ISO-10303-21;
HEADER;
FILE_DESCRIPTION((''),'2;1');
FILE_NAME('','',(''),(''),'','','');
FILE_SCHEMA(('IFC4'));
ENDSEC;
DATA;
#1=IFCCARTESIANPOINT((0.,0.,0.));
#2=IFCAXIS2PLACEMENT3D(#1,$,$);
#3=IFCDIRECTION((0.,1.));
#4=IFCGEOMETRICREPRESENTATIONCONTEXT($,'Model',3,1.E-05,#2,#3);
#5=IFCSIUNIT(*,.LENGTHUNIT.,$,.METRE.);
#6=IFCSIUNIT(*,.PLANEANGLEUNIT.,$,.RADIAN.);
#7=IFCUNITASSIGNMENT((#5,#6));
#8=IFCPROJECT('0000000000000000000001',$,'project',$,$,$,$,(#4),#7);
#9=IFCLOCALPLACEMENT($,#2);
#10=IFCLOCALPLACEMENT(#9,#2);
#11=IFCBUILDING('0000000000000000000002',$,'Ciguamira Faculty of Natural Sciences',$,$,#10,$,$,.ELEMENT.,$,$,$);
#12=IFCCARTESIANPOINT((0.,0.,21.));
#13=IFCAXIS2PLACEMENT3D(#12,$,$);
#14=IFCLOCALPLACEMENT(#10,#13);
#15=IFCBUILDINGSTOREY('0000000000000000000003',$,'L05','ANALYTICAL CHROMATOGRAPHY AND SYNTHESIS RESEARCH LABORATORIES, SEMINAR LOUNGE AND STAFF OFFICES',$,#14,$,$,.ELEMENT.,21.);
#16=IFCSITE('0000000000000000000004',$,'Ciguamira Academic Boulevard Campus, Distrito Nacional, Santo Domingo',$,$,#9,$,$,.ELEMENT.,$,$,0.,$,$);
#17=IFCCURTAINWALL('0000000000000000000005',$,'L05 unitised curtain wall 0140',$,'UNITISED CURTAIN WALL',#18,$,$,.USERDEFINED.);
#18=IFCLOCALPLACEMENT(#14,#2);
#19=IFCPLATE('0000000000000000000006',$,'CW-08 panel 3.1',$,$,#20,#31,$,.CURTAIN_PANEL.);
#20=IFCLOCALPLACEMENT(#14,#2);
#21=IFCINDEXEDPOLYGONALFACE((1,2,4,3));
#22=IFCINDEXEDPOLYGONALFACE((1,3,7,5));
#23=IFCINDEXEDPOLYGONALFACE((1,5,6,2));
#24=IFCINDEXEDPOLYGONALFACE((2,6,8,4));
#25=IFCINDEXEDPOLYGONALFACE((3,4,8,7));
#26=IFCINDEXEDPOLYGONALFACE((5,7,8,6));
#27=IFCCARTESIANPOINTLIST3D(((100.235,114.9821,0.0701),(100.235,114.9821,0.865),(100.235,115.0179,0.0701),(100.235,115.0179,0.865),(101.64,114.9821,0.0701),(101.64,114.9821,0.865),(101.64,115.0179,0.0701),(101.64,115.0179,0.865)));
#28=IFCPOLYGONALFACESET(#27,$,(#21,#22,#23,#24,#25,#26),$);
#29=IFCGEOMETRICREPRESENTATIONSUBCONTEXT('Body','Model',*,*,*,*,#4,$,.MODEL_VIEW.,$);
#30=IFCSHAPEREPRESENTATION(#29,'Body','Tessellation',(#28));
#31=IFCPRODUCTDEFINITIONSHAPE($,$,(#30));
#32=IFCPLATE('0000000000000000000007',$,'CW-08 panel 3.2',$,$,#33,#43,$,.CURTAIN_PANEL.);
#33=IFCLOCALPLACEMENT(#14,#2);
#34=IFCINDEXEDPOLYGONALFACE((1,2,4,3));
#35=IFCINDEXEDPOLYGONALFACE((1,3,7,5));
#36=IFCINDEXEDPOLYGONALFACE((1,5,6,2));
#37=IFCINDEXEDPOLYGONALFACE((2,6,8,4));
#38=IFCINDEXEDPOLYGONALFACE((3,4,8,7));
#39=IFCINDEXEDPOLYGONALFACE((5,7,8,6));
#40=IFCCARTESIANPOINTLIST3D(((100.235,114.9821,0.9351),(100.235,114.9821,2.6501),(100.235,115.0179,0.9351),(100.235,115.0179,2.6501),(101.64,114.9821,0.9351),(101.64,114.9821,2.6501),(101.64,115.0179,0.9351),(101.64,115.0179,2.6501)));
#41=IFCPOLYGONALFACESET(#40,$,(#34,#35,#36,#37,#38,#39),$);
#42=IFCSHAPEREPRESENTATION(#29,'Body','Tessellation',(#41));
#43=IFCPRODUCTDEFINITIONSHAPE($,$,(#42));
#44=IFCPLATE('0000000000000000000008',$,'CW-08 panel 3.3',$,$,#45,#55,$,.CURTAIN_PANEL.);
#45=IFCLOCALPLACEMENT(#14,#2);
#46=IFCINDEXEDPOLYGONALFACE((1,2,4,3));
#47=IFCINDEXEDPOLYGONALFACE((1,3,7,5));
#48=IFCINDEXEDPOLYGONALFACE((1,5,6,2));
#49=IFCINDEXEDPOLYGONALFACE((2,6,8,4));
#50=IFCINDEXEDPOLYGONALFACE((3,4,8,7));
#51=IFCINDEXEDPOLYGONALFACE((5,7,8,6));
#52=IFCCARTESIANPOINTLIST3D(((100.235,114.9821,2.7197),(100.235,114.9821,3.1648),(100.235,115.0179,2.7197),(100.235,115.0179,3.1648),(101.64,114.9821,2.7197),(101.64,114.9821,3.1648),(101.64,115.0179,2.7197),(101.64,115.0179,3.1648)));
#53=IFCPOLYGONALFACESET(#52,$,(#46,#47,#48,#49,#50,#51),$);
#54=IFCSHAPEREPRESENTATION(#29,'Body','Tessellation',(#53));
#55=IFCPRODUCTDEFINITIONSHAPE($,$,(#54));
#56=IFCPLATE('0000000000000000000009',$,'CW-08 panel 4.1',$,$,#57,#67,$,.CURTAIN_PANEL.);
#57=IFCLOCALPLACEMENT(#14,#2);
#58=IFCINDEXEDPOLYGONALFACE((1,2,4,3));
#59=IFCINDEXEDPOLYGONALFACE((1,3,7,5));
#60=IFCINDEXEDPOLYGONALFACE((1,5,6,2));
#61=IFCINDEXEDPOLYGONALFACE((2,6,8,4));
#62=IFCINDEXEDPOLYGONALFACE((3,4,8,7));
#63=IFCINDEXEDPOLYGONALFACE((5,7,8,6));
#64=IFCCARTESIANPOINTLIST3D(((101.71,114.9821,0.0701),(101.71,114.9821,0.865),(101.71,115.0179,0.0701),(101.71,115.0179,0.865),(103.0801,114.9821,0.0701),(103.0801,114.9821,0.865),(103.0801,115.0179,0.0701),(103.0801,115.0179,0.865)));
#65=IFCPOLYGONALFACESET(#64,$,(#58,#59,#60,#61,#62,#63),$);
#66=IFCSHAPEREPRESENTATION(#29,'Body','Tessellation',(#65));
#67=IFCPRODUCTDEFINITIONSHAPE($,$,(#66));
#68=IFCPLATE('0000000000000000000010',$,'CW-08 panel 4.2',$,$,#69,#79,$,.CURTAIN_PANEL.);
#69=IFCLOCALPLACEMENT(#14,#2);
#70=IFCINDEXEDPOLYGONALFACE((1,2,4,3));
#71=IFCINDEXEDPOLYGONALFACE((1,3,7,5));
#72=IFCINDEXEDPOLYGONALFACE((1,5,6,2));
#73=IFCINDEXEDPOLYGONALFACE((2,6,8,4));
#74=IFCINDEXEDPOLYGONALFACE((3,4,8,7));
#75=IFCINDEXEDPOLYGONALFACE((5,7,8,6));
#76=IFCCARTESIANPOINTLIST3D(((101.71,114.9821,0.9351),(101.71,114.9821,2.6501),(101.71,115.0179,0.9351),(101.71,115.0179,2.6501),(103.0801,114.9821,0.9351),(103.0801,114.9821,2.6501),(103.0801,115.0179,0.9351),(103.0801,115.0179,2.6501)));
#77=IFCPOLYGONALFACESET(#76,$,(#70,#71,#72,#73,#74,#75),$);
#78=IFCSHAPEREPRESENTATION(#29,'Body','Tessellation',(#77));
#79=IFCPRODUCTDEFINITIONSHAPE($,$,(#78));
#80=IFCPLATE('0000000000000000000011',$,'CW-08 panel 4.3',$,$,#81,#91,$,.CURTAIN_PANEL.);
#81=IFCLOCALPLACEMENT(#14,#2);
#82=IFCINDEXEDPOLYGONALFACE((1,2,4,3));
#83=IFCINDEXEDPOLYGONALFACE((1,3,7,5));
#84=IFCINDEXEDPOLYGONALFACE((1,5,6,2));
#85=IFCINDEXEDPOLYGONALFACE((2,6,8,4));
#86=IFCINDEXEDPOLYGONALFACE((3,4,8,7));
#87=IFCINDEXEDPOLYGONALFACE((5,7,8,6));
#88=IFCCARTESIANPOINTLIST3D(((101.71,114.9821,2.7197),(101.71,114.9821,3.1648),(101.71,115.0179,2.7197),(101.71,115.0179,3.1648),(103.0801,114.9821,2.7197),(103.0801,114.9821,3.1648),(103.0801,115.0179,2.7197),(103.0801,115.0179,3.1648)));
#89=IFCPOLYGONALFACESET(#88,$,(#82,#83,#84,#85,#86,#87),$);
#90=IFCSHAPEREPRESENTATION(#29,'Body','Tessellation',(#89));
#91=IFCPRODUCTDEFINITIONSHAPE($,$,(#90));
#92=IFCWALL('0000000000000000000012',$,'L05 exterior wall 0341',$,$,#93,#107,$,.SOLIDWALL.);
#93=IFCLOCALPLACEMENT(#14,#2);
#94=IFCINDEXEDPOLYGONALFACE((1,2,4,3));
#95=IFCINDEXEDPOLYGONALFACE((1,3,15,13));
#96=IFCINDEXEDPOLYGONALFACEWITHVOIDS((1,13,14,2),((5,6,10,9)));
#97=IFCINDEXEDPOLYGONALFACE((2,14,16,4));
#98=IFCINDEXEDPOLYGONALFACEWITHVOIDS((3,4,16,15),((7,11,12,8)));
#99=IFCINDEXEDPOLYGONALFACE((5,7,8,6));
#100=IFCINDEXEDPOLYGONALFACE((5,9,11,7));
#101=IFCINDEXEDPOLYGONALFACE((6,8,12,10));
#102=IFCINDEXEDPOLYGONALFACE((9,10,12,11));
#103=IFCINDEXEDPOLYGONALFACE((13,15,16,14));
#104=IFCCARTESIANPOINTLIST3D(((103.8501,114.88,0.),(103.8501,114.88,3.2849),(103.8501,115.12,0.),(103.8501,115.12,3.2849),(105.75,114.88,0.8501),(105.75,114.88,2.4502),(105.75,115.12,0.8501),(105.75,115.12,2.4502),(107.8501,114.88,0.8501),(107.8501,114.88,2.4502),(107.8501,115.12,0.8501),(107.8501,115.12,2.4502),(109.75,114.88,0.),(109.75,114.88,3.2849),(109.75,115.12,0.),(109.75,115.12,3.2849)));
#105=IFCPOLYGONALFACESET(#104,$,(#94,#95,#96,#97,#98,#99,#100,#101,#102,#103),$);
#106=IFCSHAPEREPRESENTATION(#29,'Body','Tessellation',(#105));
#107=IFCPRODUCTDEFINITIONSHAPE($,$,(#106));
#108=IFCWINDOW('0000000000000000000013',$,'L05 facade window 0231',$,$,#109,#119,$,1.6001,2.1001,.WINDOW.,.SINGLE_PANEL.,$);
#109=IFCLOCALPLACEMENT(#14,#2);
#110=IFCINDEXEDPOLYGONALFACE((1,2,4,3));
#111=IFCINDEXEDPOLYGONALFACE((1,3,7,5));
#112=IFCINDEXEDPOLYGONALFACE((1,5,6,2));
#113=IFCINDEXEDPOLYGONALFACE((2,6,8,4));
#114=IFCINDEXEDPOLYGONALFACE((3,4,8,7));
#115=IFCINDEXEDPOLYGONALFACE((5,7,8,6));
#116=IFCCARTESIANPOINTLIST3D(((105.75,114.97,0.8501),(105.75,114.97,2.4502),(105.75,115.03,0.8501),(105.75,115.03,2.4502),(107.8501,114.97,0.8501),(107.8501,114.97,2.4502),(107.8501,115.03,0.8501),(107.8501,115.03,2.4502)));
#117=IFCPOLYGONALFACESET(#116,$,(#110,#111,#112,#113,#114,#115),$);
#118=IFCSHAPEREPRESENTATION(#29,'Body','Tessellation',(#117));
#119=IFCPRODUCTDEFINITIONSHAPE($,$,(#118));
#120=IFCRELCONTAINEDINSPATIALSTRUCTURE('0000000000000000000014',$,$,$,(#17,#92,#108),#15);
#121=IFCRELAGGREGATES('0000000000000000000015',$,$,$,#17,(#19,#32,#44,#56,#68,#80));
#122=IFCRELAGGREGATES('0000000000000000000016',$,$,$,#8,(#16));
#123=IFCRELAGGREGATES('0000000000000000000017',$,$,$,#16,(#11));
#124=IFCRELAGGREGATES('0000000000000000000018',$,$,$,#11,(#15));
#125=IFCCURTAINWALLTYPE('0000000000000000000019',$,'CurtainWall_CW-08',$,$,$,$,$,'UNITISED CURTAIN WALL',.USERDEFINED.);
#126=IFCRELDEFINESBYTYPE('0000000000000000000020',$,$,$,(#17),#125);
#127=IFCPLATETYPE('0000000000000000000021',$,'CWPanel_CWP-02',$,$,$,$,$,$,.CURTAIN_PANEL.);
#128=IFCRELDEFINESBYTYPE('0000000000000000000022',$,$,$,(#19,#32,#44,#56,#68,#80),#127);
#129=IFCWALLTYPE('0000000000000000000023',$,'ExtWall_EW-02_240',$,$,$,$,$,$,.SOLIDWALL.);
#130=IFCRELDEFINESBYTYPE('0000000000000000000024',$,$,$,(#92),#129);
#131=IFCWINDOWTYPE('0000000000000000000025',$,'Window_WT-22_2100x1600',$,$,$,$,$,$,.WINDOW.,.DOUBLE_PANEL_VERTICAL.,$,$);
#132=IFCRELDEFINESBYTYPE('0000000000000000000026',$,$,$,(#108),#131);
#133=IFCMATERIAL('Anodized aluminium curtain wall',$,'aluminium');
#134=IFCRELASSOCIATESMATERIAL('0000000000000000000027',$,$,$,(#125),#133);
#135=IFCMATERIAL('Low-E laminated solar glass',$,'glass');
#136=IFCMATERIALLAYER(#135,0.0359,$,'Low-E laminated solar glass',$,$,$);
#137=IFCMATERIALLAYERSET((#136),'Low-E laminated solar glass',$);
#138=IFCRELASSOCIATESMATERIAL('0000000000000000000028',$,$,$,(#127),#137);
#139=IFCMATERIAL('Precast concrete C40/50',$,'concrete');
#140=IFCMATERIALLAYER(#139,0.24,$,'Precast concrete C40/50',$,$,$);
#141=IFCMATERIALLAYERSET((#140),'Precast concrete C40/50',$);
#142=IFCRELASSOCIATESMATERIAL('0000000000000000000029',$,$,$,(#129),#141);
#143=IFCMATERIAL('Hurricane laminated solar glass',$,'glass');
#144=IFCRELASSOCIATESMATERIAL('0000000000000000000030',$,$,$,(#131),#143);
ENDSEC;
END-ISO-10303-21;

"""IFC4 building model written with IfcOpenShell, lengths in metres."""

from ifc_helpers import new_model, si_unit, direction, frame, frame_2d, origin, origin_2d, place, context, subcontext, project, spatial, rectangle, extrude, material, layer, layer_set, type_object, element, fill, aggregate, save


model = new_model("IFC4")

# Units and contexts
model_context = context("Model", 3, precision=1e-05, world=origin(), true_north=direction((0.0, 1.0)))
body_context = subcontext(model_context, "Body", "Model", "MODEL_VIEW")
ifc_project = project(units=[si_unit("LENGTHUNIT", "METRE"), si_unit("PLANEANGLEUNIT", "RADIAN")], contexts=[model_context])

# Site, building, storey
site_placement = place(None, origin())
site = spatial("IfcSite", under=ifc_project, at=site_placement, Name="Ciguamira Academic Boulevard Campus, Distrito Nacional, Santo Domingo", CompositionType="ELEMENT", RefElevation=0.0)
building_placement = place(site_placement, origin())
building = spatial("IfcBuilding", under=site, at=building_placement, Name="Ciguamira Faculty of Natural Sciences", CompositionType="ELEMENT")
storey_placement = place(building_placement, frame((0.0, 0.0, 21.0)))
storey = spatial("IfcBuildingStorey", under=building, at=storey_placement, Name="L05", Description="ANALYTICAL CHROMATOGRAPHY AND SYNTHESIS RESEARCH LABORATORIES, SEMINAR LOUNGE AND STAFF OFFICES", CompositionType="ELEMENT", Elevation=21.0)

# Curtain wall
ifc_material_1 = material(Name="Anodized aluminium curtain wall", Category="aluminium")
curtain_wall_type = type_object("IfcCurtainWallType", Name="CurtainWall_CW-08", ElementType="UNITISED CURTAIN WALL", PredefinedType="USERDEFINED", material=ifc_material_1)
curtain_wall_placement = place(storey_placement, origin())
curtain_wall = element("IfcCurtainWall", 1, at=curtain_wall_placement, inside=storey, type_object=curtain_wall_type, Name="L05 unitised curtain wall 0140", ObjectType="UNITISED CURTAIN WALL", PredefinedType="USERDEFINED")

# Shared definitions
ifc_material_2 = material(Name="Precast concrete C40/50", Category="concrete")

# Plates
ifc_material_3 = material(Name="Low-E laminated solar glass", Category="glass")
ifc_layer_1 = layer(ifc_material_3, 0.0359, Name="Low-E laminated solar glass")
ifc_layer_set_1 = layer_set([ifc_layer_1], Name="Low-E laminated solar glass")
plate_type = type_object("IfcPlateType", Name="CWPanel_CWP-02", PredefinedType="CURTAIN_PANEL", material=ifc_layer_set_1)
plate_1_placement = place(storey_placement, frame((100.9375, 115.0, 0.0701), z_axis=(0.0, 0.0, 1.0), x_axis=(1.0, 0.0, 0.0)))
plate_1 = element("IfcPlate", 2, at=plate_1_placement, type_object=plate_type, Name="CW-08 panel 3.1", PredefinedType="CURTAIN_PANEL", context=body_context, shape_type="SweptSolid", body=[
    extrude(rectangle(XDim=1.405, YDim=0.0359, at=origin_2d()), origin(), (0.0, 0.0, 1.0), 0.7949),
])
plate_2_placement = place(storey_placement, frame((100.9375, 115.0, 0.9351), z_axis=(0.0, 0.0, 1.0), x_axis=(1.0, 0.0, 0.0)))
plate_2 = element("IfcPlate", 3, at=plate_2_placement, type_object=plate_type, Name="CW-08 panel 3.2", PredefinedType="CURTAIN_PANEL", context=body_context, shape_type="SweptSolid", body=[
    extrude(rectangle(XDim=1.405, YDim=0.0359, at=origin_2d()), origin(), (0.0, 0.0, 1.0), 1.7151),
])
plate_3_placement = place(storey_placement, frame((100.9375, 115.0, 2.7197), z_axis=(0.0, 0.0, 1.0), x_axis=(1.0, 0.0, 0.0)))
plate_3 = element("IfcPlate", 4, at=plate_3_placement, type_object=plate_type, Name="CW-08 panel 3.3", PredefinedType="CURTAIN_PANEL", context=body_context, shape_type="SweptSolid", body=[
    extrude(rectangle(XDim=1.405, YDim=0.0359, at=origin_2d()), origin(), (0.0, 0.0, 1.0), 0.4451),
])
plate_4_placement = place(storey_placement, frame((102.395, 115.0, 0.0701), z_axis=(0.0, 0.0, 1.0), x_axis=(1.0, 0.0, 0.0)))
plate_4 = element("IfcPlate", 5, at=plate_4_placement, type_object=plate_type, Name="CW-08 panel 4.1", PredefinedType="CURTAIN_PANEL", context=body_context, shape_type="SweptSolid", body=[
    extrude(rectangle(XDim=1.3701, YDim=0.0359, at=origin_2d()), origin(), (0.0, 0.0, 1.0), 0.7949),
])
plate_5_placement = place(storey_placement, frame((102.395, 115.0, 0.9351), z_axis=(0.0, 0.0, 1.0), x_axis=(1.0, 0.0, 0.0)))
plate_5 = element("IfcPlate", 6, at=plate_5_placement, type_object=plate_type, Name="CW-08 panel 4.2", PredefinedType="CURTAIN_PANEL", context=body_context, shape_type="SweptSolid", body=[
    extrude(rectangle(XDim=1.3701, YDim=0.0359, at=origin_2d()), origin(), (0.0, 0.0, 1.0), 1.7151),
])
plate_6_placement = place(storey_placement, frame((102.395, 115.0, 2.7197), z_axis=(0.0, 0.0, 1.0), x_axis=(1.0, 0.0, 0.0)))
plate_6 = element("IfcPlate", 7, at=plate_6_placement, type_object=plate_type, Name="CW-08 panel 4.3", PredefinedType="CURTAIN_PANEL", context=body_context, shape_type="SweptSolid", body=[
    extrude(rectangle(XDim=1.3701, YDim=0.0359, at=origin_2d()), origin(), (0.0, 0.0, 1.0), 0.4451),
])
aggregate(curtain_wall, [plate_1, plate_2, plate_3, plate_4, plate_5, plate_6])

# Wall, opening, window
ifc_layer_2 = layer(ifc_material_2, 0.24, Name="Precast concrete C40/50")
ifc_layer_set_2 = layer_set([ifc_layer_2], Name="Precast concrete C40/50")
wall_type = type_object("IfcWallType", Name="ExtWall_EW-02_240", PredefinedType="SOLIDWALL", material=ifc_layer_set_2)
wall_placement = place(storey_placement, frame((103.8501, 115.0, 0.0), z_axis=(0.0, 0.0, 1.0), x_axis=(1.0, 0.0, 0.0)))
wall = element("IfcWall", 8, at=wall_placement, inside=storey, type_object=wall_type, Name="L05 exterior wall 0341", PredefinedType="SOLIDWALL", context=body_context, shape_type="SweptSolid", body=[
    extrude(rectangle(XDim=5.8999, YDim=0.24, at=frame_2d((2.95, 0.0))), origin(), (0.0, 0.0, 1.0), 3.2849),
])
opening_placement = place(wall_placement, frame((1.8999, 0.0, 0.8501)))
opening = element("IfcOpeningElement", 9, at=opening_placement, cuts=wall, PredefinedType="OPENING", context=body_context, shape_type="SweptSolid", body=[
    extrude(rectangle(XDim=2.1001, YDim=1.6001, at=frame_2d((1.05, 0.8))), frame((0.0, 0.1299, 0.0), z_axis=(0.0, -1.0, 0.0), x_axis=(1.0, 0.0, 0.0)), (0.0, 0.0, 1.0), 0.26),
])
ifc_material_4 = material(Name="Hurricane laminated solar glass", Category="glass")
window_type = type_object("IfcWindowType", Name="Window_WT-22_2100x1600", PartitioningType="DOUBLE_PANEL_VERTICAL", PredefinedType="WINDOW", material=ifc_material_4)
window_placement = place(opening_placement, origin())
window = element("IfcWindow", 10, at=window_placement, inside=storey, type_object=window_type, Name="L05 facade window 0231", OverallHeight=1.6001, OverallWidth=2.1001, PartitioningType="SINGLE_PANEL", PredefinedType="WINDOW", context=body_context, shape_type="SweptSolid", body=[
    extrude(rectangle(XDim=2.1001, YDim=1.6001, at=frame_2d((1.05, 0.8))), frame((0.0, 0.03, 0.0), z_axis=(0.0, -1.0, 0.0), x_axis=(1.0, 0.0, 0.0)), (0.0, 0.0, 1.0), 0.0601),
])
fill(opening, window)

save(model, "model.ifc")
